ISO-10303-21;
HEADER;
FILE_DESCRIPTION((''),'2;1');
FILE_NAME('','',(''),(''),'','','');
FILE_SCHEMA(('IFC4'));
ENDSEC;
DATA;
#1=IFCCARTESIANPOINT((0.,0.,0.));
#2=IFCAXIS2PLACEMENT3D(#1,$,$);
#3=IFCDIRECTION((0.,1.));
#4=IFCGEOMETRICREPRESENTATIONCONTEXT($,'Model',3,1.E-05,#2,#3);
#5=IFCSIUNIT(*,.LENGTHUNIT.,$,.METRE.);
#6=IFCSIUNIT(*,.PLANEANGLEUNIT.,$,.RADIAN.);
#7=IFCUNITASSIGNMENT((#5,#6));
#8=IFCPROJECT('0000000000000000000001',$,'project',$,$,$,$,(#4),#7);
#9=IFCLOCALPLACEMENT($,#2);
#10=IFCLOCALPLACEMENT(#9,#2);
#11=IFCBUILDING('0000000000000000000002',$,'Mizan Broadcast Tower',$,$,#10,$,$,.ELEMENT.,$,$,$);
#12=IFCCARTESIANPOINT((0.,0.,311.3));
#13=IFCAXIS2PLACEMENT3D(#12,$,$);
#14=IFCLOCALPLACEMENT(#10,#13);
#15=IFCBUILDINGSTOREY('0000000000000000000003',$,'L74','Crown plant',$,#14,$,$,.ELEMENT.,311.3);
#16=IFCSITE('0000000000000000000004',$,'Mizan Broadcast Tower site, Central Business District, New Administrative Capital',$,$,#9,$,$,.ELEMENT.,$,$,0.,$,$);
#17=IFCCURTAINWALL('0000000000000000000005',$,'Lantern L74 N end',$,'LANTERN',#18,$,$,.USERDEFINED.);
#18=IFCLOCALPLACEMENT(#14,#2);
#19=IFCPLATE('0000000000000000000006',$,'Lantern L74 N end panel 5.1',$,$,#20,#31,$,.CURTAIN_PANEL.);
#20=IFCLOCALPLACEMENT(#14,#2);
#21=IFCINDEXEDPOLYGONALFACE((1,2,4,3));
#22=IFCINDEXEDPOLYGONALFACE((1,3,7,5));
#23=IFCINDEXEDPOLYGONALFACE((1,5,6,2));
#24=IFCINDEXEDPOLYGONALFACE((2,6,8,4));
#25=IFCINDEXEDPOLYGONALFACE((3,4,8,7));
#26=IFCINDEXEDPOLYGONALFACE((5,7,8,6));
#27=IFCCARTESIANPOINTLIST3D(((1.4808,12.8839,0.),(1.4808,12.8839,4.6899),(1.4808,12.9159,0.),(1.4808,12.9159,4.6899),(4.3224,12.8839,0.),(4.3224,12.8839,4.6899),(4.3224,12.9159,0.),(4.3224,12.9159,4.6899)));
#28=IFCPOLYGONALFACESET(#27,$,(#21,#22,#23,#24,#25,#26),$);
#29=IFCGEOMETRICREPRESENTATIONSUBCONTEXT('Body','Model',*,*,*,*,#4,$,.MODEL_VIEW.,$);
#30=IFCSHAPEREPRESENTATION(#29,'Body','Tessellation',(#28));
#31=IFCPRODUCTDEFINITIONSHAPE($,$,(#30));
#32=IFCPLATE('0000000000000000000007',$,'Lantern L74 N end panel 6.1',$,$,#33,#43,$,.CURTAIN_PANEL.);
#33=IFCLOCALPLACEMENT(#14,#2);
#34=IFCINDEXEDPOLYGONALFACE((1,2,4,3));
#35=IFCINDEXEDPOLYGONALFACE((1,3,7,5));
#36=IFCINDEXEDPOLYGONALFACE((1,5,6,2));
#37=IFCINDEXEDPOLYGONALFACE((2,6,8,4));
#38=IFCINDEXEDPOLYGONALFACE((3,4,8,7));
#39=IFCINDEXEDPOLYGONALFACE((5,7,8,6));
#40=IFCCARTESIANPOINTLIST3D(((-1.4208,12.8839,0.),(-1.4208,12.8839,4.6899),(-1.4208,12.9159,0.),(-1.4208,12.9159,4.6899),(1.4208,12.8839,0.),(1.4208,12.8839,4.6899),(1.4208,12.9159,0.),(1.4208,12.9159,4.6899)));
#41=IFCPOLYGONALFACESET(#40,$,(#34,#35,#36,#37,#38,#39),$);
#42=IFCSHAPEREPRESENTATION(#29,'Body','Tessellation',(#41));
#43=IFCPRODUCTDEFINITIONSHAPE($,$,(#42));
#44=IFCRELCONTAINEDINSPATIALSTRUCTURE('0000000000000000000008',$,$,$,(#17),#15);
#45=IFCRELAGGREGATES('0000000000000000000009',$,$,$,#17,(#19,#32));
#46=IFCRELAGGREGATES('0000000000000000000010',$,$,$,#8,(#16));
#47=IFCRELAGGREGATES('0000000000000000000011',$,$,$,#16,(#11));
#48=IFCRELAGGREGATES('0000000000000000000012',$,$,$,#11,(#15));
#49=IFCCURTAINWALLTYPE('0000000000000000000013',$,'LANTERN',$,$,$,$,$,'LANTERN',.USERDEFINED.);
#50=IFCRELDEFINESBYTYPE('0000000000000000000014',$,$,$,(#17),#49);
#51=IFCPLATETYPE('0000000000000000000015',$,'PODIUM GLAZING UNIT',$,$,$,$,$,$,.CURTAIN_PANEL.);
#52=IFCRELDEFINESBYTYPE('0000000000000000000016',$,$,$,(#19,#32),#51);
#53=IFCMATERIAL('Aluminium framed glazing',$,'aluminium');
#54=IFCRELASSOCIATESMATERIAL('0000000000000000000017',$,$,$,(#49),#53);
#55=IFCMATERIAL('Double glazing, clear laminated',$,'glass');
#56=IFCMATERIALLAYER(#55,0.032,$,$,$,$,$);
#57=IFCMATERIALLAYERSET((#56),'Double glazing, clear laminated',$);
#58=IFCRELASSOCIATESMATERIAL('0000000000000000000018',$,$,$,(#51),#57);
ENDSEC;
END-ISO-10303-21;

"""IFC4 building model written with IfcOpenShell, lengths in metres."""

from ifc_helpers import new_model, si_unit, direction, frame, origin, origin_2d, place, context, subcontext, project, spatial, rectangle, extrude, material, layer, layer_set, type_object, element, aggregate, save


model = new_model("IFC4")

# Units and contexts
model_context = context("Model", 3, precision=1e-05, world=origin(), true_north=direction((0.0, 1.0)))
body_context = subcontext(model_context, "Body", "Model", "MODEL_VIEW")
ifc_project = project(units=[si_unit("LENGTHUNIT", "METRE"), si_unit("PLANEANGLEUNIT", "RADIAN")], contexts=[model_context])

# Site, building, storey
site_placement = place(None, origin())
site = spatial("IfcSite", under=ifc_project, at=site_placement, Name="Mizan Broadcast Tower site, Central Business District, New Administrative Capital", CompositionType="ELEMENT", RefElevation=0.0)
building_placement = place(site_placement, origin())
building = spatial("IfcBuilding", under=site, at=building_placement, Name="Mizan Broadcast Tower", CompositionType="ELEMENT")
storey_placement = place(building_placement, frame((0.0, 0.0, 311.3)))
storey = spatial("IfcBuildingStorey", under=building, at=storey_placement, Name="L74", Description="Crown plant", CompositionType="ELEMENT", Elevation=311.3)

# Curtain wall, plates
ifc_material_1 = material(Name="Aluminium framed glazing", Category="aluminium")
curtain_wall_type = type_object("IfcCurtainWallType", Name="LANTERN", ElementType="LANTERN", PredefinedType="USERDEFINED", material=ifc_material_1)
curtain_wall_placement = place(storey_placement, origin())
curtain_wall = element("IfcCurtainWall", 1, at=curtain_wall_placement, inside=storey, type_object=curtain_wall_type, Name="Lantern L74 N end", ObjectType="LANTERN", PredefinedType="USERDEFINED")
ifc_material_2 = material(Name="Double glazing, clear laminated", Category="glass")
ifc_layer = layer(ifc_material_2, 0.032)
ifc_layer_set = layer_set([ifc_layer], Name="Double glazing, clear laminated")
plate_type = type_object("IfcPlateType", Name="PODIUM GLAZING UNIT", PredefinedType="CURTAIN_PANEL", material=ifc_layer_set)
plate_1_placement = place(storey_placement, frame((2.9016, 12.8999, 0.0), z_axis=(0.0, 0.0, 1.0), x_axis=(-1.0, 0.0, 0.0)))
plate_1 = element("IfcPlate", 2, at=plate_1_placement, type_object=plate_type, Name="Lantern L74 N end panel 5.1", PredefinedType="CURTAIN_PANEL", context=body_context, shape_type="SweptSolid", body=[
    extrude(rectangle(XDim=2.8416, YDim=0.032, at=origin_2d()), origin(), (0.0, 0.0, 1.0), 4.6899),
])
plate_2_placement = place(storey_placement, frame((0.0, 12.8999, 0.0), z_axis=(0.0, 0.0, 1.0), x_axis=(-1.0, 0.0, 0.0)))
plate_2 = element("IfcPlate", 3, at=plate_2_placement, type_object=plate_type, Name="Lantern L74 N end panel 6.1", PredefinedType="CURTAIN_PANEL", context=body_context, shape_type="SweptSolid", body=[
    extrude(rectangle(XDim=2.8416, YDim=0.032, at=origin_2d()), origin(), (0.0, 0.0, 1.0), 4.6899),
])
aggregate(curtain_wall, [plate_1, plate_2])

save(model, "model.ifc")
